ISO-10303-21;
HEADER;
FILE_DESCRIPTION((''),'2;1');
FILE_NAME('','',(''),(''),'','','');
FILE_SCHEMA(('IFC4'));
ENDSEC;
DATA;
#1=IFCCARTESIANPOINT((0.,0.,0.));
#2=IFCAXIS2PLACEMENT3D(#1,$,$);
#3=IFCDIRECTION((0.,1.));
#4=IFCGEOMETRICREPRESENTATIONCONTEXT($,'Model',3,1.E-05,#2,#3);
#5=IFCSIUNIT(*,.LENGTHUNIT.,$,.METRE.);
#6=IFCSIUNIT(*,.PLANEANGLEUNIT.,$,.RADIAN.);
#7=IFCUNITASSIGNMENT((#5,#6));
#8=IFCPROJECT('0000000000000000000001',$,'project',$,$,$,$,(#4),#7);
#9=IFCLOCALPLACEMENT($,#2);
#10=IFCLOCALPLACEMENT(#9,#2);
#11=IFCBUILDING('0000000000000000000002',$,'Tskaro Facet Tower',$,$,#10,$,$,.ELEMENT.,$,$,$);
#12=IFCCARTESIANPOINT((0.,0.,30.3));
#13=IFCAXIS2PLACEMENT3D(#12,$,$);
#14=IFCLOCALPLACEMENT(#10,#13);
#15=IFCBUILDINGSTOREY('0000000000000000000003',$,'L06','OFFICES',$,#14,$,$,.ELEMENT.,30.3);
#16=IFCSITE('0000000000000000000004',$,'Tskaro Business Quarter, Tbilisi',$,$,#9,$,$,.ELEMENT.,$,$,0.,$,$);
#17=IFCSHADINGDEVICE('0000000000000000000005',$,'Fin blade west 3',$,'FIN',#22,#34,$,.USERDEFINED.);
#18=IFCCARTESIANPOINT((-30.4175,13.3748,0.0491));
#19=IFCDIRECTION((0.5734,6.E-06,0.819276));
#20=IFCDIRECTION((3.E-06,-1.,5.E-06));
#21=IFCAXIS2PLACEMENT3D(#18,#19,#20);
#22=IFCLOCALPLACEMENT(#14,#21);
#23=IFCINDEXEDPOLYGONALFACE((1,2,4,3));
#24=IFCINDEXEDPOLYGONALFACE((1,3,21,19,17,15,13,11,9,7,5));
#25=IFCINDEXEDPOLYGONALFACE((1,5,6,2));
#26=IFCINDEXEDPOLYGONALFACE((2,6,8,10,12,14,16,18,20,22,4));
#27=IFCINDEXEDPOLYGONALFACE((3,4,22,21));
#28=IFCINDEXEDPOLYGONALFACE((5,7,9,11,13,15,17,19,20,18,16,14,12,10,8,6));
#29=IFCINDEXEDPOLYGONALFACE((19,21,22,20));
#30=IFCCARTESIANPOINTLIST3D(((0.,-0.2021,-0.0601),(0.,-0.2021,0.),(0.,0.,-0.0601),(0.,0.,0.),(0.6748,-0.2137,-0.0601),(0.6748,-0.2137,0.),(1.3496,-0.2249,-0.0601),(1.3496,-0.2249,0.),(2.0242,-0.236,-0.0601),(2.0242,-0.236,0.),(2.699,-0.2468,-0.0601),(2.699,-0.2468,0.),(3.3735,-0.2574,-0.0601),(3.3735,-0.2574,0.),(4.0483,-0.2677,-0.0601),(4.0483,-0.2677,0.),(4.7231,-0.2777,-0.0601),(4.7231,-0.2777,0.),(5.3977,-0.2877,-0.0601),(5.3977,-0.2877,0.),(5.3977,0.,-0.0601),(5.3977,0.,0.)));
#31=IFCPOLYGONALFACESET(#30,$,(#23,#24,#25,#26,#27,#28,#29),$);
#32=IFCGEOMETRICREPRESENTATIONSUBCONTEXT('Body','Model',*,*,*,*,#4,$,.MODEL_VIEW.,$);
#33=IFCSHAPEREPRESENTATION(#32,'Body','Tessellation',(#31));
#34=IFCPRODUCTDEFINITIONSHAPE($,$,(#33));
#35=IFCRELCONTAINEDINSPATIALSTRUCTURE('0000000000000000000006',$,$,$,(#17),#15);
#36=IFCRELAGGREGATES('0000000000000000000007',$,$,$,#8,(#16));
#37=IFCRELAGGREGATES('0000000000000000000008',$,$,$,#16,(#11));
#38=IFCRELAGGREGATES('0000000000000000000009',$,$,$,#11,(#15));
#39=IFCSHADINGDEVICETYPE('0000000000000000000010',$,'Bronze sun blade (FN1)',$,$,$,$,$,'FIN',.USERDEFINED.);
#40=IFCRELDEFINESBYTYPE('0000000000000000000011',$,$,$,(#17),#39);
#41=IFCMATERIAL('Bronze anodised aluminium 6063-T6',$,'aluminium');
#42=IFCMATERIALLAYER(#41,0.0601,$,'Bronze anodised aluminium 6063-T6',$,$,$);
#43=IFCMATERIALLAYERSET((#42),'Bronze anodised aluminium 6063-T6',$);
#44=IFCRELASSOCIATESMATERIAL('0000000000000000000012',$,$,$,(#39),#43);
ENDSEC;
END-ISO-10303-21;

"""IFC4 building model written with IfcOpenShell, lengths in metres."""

from ifc_helpers import new_model, si_unit, direction, frame, origin, place, context, subcontext, project, spatial, polyline, outline, extrude, material, layer, layer_set, type_object, element, save


model = new_model("IFC4")

# Units and contexts
model_context = context("Model", 3, precision=1e-05, world=origin(), true_north=direction((0.0, 1.0)))
body_context = subcontext(model_context, "Body", "Model", "MODEL_VIEW")
ifc_project = project(units=[si_unit("LENGTHUNIT", "METRE"), si_unit("PLANEANGLEUNIT", "RADIAN")], contexts=[model_context])

# Site, building, storey
site_placement = place(None, origin())
site = spatial("IfcSite", under=ifc_project, at=site_placement, Name="Tskaro Business Quarter, Tbilisi", CompositionType="ELEMENT", RefElevation=0.0)
building_placement = place(site_placement, origin())
building = spatial("IfcBuilding", under=site, at=building_placement, Name="Tskaro Facet Tower", CompositionType="ELEMENT")
storey_placement = place(building_placement, frame((0.0, 0.0, 30.3)))
storey = spatial("IfcBuildingStorey", under=building, at=storey_placement, Name="L06", Description="OFFICES", CompositionType="ELEMENT", Elevation=30.3)

# Shared definitions
ifc_material_1 = material(Name="Bronze anodised aluminium 6063-T6", Category="aluminium")

# Shading device
ifc_layer_1 = layer(ifc_material_1, 0.0601, Name="Bronze anodised aluminium 6063-T6")
ifc_layer_set_1 = layer_set([ifc_layer_1], Name="Bronze anodised aluminium 6063-T6")
shading_device_type = type_object("IfcShadingDeviceType", Name="Bronze sun blade (FN1)", ElementType="FIN", PredefinedType="USERDEFINED", material=ifc_layer_set_1)
shading_device_1_placement = place(storey_placement, frame((-30.4175, 13.3748, 0.0491), z_axis=(0.5734, 0.000006, 0.819276), x_axis=(0.000003, -1.0, 0.000005)))
element("IfcShadingDevice", 1, at=shading_device_1_placement, inside=storey, type_object=shading_device_type, Name="Fin blade west 3", ObjectType="FIN", PredefinedType="USERDEFINED", context=body_context, shape_type="SweptSolid", body=[
    extrude(outline(polyline([(0.0, 0.0), (5.3977, 0.0), (5.3977, -0.2877), (4.7231, -0.2777), (4.0483, -0.2677), (3.3735, -0.2574), (2.699, -0.2468), (2.0242, -0.236), (1.3496, -0.2249), (0.6748, -0.2137), (0.0, -0.2021), (0.0, 0.0)])), origin(), (0.0, 0.0, -1.0), 0.0601),
])

save(model, "model.ifc")
